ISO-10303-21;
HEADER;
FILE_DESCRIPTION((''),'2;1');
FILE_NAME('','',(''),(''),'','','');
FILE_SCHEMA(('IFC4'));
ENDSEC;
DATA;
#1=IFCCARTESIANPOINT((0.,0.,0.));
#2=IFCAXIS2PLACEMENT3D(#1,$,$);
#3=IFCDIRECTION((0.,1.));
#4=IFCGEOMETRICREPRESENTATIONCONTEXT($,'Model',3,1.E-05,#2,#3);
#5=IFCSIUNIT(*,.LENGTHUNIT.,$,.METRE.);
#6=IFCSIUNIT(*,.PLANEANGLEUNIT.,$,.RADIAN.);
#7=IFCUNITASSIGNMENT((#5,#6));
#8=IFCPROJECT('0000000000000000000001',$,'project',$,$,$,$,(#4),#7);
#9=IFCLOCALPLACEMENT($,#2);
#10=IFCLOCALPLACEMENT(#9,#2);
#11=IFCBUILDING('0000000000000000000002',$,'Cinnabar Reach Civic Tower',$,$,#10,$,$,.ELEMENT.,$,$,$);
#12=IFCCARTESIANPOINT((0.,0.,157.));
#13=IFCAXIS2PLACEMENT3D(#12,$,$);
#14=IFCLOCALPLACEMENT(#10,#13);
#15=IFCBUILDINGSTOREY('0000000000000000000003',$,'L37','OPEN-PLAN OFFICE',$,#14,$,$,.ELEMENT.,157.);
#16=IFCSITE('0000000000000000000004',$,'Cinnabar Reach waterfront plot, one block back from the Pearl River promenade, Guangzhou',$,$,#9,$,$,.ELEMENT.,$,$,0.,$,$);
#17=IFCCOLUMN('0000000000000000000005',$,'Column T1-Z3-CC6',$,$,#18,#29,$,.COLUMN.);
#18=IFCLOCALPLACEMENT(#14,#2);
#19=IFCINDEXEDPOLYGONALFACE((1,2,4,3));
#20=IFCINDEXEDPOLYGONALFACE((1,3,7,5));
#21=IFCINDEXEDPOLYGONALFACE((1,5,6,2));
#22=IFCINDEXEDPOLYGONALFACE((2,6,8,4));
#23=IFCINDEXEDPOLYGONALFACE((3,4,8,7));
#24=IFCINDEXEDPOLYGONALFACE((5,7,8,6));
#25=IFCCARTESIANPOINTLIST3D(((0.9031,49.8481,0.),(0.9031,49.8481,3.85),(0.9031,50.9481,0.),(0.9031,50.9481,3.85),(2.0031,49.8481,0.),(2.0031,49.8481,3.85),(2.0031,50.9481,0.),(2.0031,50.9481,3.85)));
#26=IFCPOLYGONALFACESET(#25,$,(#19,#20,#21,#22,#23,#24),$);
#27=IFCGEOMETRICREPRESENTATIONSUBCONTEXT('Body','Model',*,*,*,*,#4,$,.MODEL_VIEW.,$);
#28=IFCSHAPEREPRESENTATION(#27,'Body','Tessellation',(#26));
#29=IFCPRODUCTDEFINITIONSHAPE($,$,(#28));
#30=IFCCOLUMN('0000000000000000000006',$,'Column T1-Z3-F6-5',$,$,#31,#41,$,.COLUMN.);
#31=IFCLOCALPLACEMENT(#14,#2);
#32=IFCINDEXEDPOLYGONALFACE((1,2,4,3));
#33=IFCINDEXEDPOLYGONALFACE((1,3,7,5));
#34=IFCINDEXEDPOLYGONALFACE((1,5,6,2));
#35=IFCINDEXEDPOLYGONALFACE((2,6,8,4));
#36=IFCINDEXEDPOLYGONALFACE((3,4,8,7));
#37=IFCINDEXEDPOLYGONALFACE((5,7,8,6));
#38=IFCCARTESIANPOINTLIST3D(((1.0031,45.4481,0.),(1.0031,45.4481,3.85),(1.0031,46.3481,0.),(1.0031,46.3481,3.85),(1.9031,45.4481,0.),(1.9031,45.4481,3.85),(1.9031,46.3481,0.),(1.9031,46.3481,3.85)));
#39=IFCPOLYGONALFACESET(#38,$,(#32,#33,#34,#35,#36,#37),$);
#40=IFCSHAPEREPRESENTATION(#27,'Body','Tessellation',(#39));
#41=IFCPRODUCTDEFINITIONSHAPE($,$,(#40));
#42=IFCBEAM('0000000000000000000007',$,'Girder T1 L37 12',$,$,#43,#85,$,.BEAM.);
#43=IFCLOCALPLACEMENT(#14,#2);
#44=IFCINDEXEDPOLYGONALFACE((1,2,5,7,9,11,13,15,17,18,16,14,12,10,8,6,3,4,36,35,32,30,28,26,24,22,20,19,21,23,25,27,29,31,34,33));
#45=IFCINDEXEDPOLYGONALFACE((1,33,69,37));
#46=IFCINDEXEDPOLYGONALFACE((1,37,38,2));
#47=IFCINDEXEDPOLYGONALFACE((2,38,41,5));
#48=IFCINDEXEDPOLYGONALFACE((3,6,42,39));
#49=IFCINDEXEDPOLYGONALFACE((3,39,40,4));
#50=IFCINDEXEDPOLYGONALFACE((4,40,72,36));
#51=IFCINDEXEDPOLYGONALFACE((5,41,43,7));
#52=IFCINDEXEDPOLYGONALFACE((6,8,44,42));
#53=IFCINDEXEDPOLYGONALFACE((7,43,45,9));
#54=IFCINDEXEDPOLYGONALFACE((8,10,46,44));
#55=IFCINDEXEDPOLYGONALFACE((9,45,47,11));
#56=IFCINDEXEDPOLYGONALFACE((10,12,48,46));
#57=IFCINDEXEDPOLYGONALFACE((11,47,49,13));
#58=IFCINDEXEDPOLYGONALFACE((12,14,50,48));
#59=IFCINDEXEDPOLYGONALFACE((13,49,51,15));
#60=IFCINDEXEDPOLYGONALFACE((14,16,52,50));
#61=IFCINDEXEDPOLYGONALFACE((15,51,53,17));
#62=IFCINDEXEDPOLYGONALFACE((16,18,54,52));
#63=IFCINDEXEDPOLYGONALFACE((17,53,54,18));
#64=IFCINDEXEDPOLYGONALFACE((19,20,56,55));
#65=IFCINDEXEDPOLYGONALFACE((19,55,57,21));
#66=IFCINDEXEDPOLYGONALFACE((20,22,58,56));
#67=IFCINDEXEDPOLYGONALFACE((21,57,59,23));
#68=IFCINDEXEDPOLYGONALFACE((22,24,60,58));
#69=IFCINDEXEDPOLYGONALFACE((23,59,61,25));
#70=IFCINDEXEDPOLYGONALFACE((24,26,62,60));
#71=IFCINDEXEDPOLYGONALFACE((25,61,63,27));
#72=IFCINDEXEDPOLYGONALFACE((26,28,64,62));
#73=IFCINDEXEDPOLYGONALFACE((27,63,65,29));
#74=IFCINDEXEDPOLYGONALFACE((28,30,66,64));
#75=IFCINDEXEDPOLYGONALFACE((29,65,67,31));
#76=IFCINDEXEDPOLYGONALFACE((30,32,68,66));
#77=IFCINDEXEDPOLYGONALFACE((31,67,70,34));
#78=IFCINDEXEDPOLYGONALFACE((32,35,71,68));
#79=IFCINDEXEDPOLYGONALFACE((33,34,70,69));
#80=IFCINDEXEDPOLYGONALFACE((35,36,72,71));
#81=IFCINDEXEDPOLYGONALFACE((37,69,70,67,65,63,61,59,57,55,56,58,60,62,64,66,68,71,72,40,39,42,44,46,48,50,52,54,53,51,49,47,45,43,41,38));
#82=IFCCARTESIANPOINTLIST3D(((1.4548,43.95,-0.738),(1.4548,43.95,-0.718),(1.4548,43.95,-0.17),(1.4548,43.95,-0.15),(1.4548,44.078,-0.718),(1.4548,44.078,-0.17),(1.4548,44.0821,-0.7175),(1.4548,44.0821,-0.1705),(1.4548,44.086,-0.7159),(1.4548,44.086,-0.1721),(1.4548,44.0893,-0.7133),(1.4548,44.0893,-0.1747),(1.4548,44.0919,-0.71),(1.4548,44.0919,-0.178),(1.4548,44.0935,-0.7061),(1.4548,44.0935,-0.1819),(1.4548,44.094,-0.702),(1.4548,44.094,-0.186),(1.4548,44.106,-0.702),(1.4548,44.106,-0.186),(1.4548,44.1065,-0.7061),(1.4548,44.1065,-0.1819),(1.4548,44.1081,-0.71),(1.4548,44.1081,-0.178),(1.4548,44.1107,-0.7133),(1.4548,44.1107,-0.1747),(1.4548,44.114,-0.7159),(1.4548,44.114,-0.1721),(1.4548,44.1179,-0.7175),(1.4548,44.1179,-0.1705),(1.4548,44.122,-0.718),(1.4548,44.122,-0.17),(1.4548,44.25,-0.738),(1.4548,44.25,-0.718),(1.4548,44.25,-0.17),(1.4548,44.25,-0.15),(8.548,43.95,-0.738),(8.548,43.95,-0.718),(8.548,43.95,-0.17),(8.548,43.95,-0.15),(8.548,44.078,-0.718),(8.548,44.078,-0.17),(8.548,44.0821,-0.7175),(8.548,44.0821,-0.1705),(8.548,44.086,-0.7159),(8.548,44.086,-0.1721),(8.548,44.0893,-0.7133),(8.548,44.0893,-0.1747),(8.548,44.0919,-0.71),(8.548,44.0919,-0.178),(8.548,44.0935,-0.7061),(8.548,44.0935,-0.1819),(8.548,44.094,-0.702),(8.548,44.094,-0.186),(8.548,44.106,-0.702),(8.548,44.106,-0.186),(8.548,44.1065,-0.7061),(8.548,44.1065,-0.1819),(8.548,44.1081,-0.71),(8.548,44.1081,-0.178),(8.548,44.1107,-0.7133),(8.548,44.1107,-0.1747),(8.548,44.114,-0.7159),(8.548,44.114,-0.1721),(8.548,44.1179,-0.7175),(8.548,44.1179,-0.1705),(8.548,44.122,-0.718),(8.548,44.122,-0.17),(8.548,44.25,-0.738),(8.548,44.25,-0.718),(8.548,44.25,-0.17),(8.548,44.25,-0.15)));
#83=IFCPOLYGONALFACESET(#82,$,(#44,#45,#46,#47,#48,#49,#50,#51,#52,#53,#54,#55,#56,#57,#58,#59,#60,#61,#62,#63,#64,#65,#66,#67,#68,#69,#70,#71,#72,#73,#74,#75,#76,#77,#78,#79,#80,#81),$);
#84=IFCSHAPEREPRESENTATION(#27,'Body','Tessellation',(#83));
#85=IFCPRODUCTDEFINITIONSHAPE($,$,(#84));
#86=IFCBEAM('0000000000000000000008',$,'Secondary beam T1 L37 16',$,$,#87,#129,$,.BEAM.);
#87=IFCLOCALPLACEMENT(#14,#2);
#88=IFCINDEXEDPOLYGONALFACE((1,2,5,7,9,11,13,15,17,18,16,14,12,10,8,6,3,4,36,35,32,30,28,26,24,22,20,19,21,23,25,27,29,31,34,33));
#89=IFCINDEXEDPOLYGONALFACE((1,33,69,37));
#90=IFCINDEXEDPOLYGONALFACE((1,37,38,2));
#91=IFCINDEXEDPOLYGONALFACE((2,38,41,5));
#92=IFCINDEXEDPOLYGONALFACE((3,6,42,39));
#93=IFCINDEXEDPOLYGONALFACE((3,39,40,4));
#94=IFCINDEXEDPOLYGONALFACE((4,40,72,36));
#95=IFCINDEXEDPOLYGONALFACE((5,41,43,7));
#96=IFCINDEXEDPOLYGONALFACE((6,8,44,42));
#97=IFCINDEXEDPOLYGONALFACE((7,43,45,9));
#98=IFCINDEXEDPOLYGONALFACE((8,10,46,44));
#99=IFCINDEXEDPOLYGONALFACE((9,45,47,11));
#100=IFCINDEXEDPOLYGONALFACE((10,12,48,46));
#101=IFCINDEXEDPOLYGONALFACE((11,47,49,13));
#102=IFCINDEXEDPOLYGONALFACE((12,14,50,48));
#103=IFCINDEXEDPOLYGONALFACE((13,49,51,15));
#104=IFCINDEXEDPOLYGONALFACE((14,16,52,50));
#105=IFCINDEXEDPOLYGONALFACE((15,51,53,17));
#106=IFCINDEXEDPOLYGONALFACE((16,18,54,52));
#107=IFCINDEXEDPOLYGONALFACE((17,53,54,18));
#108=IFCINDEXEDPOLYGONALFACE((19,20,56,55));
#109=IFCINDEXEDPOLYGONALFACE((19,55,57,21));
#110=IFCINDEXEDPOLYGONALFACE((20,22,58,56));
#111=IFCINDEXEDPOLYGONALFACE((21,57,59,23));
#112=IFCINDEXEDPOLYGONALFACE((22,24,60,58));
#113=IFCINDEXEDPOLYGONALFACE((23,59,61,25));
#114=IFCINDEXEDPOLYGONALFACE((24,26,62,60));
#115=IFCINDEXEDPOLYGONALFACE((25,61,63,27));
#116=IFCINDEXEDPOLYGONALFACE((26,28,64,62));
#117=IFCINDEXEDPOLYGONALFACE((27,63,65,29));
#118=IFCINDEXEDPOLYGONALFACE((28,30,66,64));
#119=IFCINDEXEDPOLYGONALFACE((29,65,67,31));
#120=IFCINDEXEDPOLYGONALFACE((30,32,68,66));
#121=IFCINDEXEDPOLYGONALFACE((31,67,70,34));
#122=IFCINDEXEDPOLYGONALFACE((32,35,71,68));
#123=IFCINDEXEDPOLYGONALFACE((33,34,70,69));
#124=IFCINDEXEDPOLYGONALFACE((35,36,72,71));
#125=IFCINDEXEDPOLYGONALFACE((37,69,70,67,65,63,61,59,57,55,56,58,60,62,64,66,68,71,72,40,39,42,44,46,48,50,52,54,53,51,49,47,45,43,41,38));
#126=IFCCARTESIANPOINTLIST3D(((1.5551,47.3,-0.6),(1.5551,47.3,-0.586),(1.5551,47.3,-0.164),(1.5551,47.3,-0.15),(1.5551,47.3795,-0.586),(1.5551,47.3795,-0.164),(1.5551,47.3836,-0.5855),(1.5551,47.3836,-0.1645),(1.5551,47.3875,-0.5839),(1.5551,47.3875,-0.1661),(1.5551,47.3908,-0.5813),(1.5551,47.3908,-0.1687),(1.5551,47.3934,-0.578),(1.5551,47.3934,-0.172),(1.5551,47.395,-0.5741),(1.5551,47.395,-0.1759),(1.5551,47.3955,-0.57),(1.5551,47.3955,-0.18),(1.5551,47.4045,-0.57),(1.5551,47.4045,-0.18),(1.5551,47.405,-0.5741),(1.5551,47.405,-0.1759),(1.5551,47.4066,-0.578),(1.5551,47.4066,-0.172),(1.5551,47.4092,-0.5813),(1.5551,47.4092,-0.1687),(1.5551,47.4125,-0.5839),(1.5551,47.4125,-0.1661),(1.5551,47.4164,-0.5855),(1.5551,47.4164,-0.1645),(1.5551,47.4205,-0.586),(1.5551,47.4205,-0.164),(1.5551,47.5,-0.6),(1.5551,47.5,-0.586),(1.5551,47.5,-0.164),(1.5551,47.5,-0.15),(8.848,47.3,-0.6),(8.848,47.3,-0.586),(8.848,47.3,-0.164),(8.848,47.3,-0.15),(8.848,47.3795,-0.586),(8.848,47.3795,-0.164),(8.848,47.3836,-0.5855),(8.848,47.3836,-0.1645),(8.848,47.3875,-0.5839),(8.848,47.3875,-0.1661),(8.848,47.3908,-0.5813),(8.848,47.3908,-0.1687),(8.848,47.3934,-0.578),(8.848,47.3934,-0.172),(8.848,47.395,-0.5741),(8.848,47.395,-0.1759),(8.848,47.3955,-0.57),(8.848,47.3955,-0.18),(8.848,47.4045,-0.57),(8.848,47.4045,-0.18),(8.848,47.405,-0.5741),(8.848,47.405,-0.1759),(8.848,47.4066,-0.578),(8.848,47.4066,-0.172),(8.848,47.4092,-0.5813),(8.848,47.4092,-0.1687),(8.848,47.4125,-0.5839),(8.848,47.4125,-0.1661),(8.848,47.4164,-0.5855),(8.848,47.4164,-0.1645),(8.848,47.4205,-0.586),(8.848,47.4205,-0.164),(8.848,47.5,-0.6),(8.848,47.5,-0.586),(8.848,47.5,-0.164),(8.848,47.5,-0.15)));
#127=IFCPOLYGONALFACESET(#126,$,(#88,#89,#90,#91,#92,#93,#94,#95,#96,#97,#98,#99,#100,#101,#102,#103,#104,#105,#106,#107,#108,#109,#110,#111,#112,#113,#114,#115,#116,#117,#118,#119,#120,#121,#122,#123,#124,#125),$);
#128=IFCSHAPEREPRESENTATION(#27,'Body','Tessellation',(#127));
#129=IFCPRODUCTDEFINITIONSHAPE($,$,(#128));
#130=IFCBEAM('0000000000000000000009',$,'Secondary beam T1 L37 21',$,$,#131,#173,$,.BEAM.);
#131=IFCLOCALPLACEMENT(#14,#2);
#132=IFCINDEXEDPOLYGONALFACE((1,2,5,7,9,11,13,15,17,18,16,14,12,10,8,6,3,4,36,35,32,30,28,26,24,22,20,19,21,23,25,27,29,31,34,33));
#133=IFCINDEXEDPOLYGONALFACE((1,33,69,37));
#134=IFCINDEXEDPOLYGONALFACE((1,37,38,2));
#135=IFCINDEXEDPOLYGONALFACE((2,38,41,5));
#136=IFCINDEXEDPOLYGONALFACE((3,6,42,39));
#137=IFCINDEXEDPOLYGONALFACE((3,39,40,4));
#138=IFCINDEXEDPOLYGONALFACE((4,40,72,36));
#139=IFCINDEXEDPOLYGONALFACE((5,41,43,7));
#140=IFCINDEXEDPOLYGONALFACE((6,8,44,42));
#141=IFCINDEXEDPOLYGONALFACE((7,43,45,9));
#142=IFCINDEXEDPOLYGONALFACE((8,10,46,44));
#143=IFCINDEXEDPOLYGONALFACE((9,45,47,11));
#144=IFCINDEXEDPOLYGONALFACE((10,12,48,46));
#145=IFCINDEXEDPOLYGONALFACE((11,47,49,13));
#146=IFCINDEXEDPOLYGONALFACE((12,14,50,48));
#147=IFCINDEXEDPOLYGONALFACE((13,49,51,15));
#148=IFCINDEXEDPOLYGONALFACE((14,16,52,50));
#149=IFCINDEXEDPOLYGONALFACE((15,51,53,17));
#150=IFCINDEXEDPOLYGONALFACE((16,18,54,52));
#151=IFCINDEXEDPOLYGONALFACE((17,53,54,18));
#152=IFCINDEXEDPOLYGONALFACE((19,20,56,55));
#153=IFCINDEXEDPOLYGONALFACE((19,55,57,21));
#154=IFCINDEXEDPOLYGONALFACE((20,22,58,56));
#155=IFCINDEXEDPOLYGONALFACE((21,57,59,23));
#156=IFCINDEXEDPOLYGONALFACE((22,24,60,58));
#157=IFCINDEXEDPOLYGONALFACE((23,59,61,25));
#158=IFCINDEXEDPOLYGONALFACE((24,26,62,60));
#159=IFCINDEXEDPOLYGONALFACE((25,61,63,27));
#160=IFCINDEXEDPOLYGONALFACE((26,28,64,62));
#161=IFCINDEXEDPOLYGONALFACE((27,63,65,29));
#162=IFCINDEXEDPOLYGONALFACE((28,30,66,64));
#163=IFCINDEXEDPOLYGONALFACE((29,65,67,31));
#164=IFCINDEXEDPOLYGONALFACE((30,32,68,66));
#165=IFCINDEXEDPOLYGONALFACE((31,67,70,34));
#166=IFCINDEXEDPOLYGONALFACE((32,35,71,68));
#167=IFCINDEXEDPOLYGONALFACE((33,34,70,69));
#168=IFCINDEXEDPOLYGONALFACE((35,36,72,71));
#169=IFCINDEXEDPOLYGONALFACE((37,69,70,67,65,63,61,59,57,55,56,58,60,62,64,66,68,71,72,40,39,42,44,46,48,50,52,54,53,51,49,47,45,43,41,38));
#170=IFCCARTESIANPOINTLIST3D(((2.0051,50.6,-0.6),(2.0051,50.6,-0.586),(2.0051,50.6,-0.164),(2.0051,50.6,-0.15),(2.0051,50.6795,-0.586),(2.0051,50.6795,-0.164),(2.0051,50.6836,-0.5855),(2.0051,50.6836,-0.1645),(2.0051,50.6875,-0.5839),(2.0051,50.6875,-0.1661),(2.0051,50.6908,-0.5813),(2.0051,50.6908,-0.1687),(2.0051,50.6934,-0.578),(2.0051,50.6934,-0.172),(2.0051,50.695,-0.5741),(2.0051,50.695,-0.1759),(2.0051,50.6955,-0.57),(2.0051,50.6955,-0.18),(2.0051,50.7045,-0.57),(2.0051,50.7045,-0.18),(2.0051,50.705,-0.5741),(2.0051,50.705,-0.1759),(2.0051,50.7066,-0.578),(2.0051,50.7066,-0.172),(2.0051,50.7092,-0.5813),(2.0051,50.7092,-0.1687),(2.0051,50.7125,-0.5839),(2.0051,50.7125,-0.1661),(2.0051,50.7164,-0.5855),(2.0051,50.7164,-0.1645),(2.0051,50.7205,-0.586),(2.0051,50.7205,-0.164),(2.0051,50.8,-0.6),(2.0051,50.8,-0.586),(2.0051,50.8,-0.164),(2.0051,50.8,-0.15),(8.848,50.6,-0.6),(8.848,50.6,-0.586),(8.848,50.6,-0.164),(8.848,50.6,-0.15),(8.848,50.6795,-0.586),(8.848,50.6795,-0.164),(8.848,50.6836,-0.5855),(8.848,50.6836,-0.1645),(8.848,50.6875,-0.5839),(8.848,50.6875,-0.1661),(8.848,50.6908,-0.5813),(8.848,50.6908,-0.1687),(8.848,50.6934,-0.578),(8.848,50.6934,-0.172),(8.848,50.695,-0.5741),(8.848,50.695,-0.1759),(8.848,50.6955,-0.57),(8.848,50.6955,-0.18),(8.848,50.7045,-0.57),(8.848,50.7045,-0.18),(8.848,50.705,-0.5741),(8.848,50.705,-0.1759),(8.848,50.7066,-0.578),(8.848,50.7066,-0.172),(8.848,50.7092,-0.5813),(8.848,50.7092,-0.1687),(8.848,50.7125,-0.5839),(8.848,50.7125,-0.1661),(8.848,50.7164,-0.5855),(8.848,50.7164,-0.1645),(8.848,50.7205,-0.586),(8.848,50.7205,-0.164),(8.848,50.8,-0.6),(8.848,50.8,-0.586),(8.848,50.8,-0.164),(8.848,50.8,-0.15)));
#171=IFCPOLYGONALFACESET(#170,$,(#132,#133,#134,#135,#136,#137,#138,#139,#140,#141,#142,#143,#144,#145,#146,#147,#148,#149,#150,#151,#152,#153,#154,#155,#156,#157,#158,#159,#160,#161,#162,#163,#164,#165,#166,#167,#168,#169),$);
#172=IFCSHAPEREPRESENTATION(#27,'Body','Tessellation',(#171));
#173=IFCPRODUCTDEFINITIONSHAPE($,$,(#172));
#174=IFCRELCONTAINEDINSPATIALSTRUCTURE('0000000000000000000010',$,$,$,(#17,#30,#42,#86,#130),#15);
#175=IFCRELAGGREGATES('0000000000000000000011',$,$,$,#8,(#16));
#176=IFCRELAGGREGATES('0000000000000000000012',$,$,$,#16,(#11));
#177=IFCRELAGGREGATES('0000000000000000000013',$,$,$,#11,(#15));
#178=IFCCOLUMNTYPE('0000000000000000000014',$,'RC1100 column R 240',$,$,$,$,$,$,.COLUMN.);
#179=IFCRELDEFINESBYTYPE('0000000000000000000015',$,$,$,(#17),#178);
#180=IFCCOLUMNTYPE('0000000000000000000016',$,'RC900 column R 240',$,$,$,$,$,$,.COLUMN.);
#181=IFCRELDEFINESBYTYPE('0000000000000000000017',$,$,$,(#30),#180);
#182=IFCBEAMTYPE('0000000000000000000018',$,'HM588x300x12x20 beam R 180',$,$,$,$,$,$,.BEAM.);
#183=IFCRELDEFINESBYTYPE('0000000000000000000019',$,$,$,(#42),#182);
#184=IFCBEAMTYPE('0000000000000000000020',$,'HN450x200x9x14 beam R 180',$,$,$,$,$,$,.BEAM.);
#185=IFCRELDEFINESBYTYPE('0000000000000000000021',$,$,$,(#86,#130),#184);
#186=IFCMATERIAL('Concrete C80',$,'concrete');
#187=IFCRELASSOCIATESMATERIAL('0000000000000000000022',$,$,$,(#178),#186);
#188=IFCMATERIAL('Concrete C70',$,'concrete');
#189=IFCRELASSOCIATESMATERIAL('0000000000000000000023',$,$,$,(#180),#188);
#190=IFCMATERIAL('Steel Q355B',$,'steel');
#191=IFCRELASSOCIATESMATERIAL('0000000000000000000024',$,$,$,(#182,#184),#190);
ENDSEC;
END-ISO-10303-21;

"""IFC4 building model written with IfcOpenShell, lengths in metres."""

from ifc_helpers import new_model, si_unit, direction, frame, origin, origin_2d, place, context, subcontext, project, spatial, rectangle, i_section, extrude, material, material_profile, profile_set, type_object, element, save


model = new_model("IFC4")

# Units and contexts
model_context = context("Model", 3, precision=1e-05, world=origin(), true_north=direction((0.0, 1.0)))
body_context = subcontext(model_context, "Body", "Model", "MODEL_VIEW")
ifc_project = project(units=[si_unit("LENGTHUNIT", "METRE"), si_unit("PLANEANGLEUNIT", "RADIAN")], contexts=[model_context])

# Site, building, storey
site_placement = place(None, origin())
site = spatial("IfcSite", under=ifc_project, at=site_placement, Name="Cinnabar Reach waterfront plot, one block back from the Pearl River promenade, Guangzhou", CompositionType="ELEMENT", RefElevation=0.0)
building_placement = place(site_placement, origin())
building = spatial("IfcBuilding", under=site, at=building_placement, Name="Cinnabar Reach Civic Tower", CompositionType="ELEMENT")
storey_placement = place(building_placement, frame((0.0, 0.0, 157.0)))
storey = spatial("IfcBuildingStorey", under=building, at=storey_placement, Name="L37", Description="OPEN-PLAN OFFICE", CompositionType="ELEMENT", Elevation=157.0)

# Columns
ifc_material_1 = material(Name="Concrete C80", Category="concrete")
ifc_material_profile_1 = material_profile(ifc_material_1, rectangle(XDim=1.1, YDim=1.1, at=origin_2d()), Name="RC1100")
ifc_profile_set_1 = profile_set([ifc_material_profile_1], Name="Concrete C80")
column_type_1 = type_object("IfcColumnType", Name="RC1100 column R 240", PredefinedType="COLUMN", material=ifc_profile_set_1)
column_1_placement = place(storey_placement, frame((1.4531, 50.3981, 0.0), z_axis=(0.0, 0.0, 1.0), x_axis=(1.0, 0.0, 0.0)))
element("IfcColumn", 1, at=column_1_placement, inside=storey, type_object=column_type_1, Name="Column T1-Z3-CC6", PredefinedType="COLUMN", context=body_context, shape_type="SweptSolid", body=[
    extrude(rectangle(XDim=1.1, YDim=1.1, at=origin_2d()), origin(), (0.0, 0.0, 1.0), 3.85),
])
ifc_material_2 = material(Name="Concrete C70", Category="concrete")
ifc_material_profile_2 = material_profile(ifc_material_2, rectangle(XDim=0.9, YDim=0.9, at=origin_2d()), Name="RC900")
ifc_profile_set_2 = profile_set([ifc_material_profile_2], Name="Concrete C70")
column_type_2 = type_object("IfcColumnType", Name="RC900 column R 240", PredefinedType="COLUMN", material=ifc_profile_set_2)
column_2_placement = place(storey_placement, frame((1.4531, 45.8981, 0.0), z_axis=(0.0, 0.0, 1.0), x_axis=(1.0, 0.0, 0.0)))
element("IfcColumn", 2, at=column_2_placement, inside=storey, type_object=column_type_2, Name="Column T1-Z3-F6-5", PredefinedType="COLUMN", context=body_context, shape_type="SweptSolid", body=[
    extrude(rectangle(XDim=0.9, YDim=0.9, at=origin_2d()), origin(), (0.0, 0.0, 1.0), 3.85),
])

# Beams
ifc_material_3 = material(Name="Steel Q355B", Category="steel")
ifc_material_profile_3 = material_profile(ifc_material_3, i_section(OverallWidth=0.3, OverallDepth=0.588, WebThickness=0.012, FlangeThickness=0.02, FilletRadius=0.016, at=origin_2d()), Name="HM588x300x12x20")
ifc_profile_set_3 = profile_set([ifc_material_profile_3], Name="Steel Q355B")
beam_type_1 = type_object("IfcBeamType", Name="HM588x300x12x20 beam R 180", PredefinedType="BEAM", material=ifc_profile_set_3)
beam_1_placement = place(storey_placement, frame((1.4548, 44.1, -0.444), z_axis=(1.0, 0.0, 0.0), x_axis=(0.0, 1.0, 0.0)))
element("IfcBeam", 3, at=beam_1_placement, inside=storey, type_object=beam_type_1, Name="Girder T1 L37 12", PredefinedType="BEAM", context=body_context, shape_type="SweptSolid", body=[
    extrude(i_section(OverallWidth=0.3, OverallDepth=0.588, WebThickness=0.012, FlangeThickness=0.02, FilletRadius=0.016, at=origin_2d()), origin(), (0.0, 0.0, 1.0), 7.0932),
])
ifc_material_profile_4 = material_profile(ifc_material_3, i_section(OverallWidth=0.2, OverallDepth=0.45, WebThickness=0.009, FlangeThickness=0.014, FilletRadius=0.016, at=origin_2d()), Name="HN450x200x9x14")
ifc_profile_set_4 = profile_set([ifc_material_profile_4], Name="Steel Q355B")
beam_type_2 = type_object("IfcBeamType", Name="HN450x200x9x14 beam R 180", PredefinedType="BEAM", material=ifc_profile_set_4)
beam_2_placement = place(storey_placement, frame((1.5551, 47.4, -0.375), z_axis=(1.0, 0.0, 0.0), x_axis=(0.0, 1.0, 0.0)))
element("IfcBeam", 4, at=beam_2_placement, inside=storey, type_object=beam_type_2, Name="Secondary beam T1 L37 16", PredefinedType="BEAM", context=body_context, shape_type="SweptSolid", body=[
    extrude(i_section(OverallWidth=0.2, OverallDepth=0.45, WebThickness=0.009, FlangeThickness=0.014, FilletRadius=0.016, at=origin_2d()), origin(), (0.0, 0.0, 1.0), 7.2929),
])
beam_3_placement = place(storey_placement, frame((2.0051, 50.7, -0.375), z_axis=(1.0, 0.0, 0.0), x_axis=(0.0, 1.0, 0.0)))
element("IfcBeam", 5, at=beam_3_placement, inside=storey, type_object=beam_type_2, Name="Secondary beam T1 L37 21", PredefinedType="BEAM", context=body_context, shape_type="SweptSolid", body=[
    extrude(i_section(OverallWidth=0.2, OverallDepth=0.45, WebThickness=0.009, FlangeThickness=0.014, FilletRadius=0.016, at=origin_2d()), origin(), (0.0, 0.0, 1.0), 6.8429),
])

save(model, "model.ifc")
